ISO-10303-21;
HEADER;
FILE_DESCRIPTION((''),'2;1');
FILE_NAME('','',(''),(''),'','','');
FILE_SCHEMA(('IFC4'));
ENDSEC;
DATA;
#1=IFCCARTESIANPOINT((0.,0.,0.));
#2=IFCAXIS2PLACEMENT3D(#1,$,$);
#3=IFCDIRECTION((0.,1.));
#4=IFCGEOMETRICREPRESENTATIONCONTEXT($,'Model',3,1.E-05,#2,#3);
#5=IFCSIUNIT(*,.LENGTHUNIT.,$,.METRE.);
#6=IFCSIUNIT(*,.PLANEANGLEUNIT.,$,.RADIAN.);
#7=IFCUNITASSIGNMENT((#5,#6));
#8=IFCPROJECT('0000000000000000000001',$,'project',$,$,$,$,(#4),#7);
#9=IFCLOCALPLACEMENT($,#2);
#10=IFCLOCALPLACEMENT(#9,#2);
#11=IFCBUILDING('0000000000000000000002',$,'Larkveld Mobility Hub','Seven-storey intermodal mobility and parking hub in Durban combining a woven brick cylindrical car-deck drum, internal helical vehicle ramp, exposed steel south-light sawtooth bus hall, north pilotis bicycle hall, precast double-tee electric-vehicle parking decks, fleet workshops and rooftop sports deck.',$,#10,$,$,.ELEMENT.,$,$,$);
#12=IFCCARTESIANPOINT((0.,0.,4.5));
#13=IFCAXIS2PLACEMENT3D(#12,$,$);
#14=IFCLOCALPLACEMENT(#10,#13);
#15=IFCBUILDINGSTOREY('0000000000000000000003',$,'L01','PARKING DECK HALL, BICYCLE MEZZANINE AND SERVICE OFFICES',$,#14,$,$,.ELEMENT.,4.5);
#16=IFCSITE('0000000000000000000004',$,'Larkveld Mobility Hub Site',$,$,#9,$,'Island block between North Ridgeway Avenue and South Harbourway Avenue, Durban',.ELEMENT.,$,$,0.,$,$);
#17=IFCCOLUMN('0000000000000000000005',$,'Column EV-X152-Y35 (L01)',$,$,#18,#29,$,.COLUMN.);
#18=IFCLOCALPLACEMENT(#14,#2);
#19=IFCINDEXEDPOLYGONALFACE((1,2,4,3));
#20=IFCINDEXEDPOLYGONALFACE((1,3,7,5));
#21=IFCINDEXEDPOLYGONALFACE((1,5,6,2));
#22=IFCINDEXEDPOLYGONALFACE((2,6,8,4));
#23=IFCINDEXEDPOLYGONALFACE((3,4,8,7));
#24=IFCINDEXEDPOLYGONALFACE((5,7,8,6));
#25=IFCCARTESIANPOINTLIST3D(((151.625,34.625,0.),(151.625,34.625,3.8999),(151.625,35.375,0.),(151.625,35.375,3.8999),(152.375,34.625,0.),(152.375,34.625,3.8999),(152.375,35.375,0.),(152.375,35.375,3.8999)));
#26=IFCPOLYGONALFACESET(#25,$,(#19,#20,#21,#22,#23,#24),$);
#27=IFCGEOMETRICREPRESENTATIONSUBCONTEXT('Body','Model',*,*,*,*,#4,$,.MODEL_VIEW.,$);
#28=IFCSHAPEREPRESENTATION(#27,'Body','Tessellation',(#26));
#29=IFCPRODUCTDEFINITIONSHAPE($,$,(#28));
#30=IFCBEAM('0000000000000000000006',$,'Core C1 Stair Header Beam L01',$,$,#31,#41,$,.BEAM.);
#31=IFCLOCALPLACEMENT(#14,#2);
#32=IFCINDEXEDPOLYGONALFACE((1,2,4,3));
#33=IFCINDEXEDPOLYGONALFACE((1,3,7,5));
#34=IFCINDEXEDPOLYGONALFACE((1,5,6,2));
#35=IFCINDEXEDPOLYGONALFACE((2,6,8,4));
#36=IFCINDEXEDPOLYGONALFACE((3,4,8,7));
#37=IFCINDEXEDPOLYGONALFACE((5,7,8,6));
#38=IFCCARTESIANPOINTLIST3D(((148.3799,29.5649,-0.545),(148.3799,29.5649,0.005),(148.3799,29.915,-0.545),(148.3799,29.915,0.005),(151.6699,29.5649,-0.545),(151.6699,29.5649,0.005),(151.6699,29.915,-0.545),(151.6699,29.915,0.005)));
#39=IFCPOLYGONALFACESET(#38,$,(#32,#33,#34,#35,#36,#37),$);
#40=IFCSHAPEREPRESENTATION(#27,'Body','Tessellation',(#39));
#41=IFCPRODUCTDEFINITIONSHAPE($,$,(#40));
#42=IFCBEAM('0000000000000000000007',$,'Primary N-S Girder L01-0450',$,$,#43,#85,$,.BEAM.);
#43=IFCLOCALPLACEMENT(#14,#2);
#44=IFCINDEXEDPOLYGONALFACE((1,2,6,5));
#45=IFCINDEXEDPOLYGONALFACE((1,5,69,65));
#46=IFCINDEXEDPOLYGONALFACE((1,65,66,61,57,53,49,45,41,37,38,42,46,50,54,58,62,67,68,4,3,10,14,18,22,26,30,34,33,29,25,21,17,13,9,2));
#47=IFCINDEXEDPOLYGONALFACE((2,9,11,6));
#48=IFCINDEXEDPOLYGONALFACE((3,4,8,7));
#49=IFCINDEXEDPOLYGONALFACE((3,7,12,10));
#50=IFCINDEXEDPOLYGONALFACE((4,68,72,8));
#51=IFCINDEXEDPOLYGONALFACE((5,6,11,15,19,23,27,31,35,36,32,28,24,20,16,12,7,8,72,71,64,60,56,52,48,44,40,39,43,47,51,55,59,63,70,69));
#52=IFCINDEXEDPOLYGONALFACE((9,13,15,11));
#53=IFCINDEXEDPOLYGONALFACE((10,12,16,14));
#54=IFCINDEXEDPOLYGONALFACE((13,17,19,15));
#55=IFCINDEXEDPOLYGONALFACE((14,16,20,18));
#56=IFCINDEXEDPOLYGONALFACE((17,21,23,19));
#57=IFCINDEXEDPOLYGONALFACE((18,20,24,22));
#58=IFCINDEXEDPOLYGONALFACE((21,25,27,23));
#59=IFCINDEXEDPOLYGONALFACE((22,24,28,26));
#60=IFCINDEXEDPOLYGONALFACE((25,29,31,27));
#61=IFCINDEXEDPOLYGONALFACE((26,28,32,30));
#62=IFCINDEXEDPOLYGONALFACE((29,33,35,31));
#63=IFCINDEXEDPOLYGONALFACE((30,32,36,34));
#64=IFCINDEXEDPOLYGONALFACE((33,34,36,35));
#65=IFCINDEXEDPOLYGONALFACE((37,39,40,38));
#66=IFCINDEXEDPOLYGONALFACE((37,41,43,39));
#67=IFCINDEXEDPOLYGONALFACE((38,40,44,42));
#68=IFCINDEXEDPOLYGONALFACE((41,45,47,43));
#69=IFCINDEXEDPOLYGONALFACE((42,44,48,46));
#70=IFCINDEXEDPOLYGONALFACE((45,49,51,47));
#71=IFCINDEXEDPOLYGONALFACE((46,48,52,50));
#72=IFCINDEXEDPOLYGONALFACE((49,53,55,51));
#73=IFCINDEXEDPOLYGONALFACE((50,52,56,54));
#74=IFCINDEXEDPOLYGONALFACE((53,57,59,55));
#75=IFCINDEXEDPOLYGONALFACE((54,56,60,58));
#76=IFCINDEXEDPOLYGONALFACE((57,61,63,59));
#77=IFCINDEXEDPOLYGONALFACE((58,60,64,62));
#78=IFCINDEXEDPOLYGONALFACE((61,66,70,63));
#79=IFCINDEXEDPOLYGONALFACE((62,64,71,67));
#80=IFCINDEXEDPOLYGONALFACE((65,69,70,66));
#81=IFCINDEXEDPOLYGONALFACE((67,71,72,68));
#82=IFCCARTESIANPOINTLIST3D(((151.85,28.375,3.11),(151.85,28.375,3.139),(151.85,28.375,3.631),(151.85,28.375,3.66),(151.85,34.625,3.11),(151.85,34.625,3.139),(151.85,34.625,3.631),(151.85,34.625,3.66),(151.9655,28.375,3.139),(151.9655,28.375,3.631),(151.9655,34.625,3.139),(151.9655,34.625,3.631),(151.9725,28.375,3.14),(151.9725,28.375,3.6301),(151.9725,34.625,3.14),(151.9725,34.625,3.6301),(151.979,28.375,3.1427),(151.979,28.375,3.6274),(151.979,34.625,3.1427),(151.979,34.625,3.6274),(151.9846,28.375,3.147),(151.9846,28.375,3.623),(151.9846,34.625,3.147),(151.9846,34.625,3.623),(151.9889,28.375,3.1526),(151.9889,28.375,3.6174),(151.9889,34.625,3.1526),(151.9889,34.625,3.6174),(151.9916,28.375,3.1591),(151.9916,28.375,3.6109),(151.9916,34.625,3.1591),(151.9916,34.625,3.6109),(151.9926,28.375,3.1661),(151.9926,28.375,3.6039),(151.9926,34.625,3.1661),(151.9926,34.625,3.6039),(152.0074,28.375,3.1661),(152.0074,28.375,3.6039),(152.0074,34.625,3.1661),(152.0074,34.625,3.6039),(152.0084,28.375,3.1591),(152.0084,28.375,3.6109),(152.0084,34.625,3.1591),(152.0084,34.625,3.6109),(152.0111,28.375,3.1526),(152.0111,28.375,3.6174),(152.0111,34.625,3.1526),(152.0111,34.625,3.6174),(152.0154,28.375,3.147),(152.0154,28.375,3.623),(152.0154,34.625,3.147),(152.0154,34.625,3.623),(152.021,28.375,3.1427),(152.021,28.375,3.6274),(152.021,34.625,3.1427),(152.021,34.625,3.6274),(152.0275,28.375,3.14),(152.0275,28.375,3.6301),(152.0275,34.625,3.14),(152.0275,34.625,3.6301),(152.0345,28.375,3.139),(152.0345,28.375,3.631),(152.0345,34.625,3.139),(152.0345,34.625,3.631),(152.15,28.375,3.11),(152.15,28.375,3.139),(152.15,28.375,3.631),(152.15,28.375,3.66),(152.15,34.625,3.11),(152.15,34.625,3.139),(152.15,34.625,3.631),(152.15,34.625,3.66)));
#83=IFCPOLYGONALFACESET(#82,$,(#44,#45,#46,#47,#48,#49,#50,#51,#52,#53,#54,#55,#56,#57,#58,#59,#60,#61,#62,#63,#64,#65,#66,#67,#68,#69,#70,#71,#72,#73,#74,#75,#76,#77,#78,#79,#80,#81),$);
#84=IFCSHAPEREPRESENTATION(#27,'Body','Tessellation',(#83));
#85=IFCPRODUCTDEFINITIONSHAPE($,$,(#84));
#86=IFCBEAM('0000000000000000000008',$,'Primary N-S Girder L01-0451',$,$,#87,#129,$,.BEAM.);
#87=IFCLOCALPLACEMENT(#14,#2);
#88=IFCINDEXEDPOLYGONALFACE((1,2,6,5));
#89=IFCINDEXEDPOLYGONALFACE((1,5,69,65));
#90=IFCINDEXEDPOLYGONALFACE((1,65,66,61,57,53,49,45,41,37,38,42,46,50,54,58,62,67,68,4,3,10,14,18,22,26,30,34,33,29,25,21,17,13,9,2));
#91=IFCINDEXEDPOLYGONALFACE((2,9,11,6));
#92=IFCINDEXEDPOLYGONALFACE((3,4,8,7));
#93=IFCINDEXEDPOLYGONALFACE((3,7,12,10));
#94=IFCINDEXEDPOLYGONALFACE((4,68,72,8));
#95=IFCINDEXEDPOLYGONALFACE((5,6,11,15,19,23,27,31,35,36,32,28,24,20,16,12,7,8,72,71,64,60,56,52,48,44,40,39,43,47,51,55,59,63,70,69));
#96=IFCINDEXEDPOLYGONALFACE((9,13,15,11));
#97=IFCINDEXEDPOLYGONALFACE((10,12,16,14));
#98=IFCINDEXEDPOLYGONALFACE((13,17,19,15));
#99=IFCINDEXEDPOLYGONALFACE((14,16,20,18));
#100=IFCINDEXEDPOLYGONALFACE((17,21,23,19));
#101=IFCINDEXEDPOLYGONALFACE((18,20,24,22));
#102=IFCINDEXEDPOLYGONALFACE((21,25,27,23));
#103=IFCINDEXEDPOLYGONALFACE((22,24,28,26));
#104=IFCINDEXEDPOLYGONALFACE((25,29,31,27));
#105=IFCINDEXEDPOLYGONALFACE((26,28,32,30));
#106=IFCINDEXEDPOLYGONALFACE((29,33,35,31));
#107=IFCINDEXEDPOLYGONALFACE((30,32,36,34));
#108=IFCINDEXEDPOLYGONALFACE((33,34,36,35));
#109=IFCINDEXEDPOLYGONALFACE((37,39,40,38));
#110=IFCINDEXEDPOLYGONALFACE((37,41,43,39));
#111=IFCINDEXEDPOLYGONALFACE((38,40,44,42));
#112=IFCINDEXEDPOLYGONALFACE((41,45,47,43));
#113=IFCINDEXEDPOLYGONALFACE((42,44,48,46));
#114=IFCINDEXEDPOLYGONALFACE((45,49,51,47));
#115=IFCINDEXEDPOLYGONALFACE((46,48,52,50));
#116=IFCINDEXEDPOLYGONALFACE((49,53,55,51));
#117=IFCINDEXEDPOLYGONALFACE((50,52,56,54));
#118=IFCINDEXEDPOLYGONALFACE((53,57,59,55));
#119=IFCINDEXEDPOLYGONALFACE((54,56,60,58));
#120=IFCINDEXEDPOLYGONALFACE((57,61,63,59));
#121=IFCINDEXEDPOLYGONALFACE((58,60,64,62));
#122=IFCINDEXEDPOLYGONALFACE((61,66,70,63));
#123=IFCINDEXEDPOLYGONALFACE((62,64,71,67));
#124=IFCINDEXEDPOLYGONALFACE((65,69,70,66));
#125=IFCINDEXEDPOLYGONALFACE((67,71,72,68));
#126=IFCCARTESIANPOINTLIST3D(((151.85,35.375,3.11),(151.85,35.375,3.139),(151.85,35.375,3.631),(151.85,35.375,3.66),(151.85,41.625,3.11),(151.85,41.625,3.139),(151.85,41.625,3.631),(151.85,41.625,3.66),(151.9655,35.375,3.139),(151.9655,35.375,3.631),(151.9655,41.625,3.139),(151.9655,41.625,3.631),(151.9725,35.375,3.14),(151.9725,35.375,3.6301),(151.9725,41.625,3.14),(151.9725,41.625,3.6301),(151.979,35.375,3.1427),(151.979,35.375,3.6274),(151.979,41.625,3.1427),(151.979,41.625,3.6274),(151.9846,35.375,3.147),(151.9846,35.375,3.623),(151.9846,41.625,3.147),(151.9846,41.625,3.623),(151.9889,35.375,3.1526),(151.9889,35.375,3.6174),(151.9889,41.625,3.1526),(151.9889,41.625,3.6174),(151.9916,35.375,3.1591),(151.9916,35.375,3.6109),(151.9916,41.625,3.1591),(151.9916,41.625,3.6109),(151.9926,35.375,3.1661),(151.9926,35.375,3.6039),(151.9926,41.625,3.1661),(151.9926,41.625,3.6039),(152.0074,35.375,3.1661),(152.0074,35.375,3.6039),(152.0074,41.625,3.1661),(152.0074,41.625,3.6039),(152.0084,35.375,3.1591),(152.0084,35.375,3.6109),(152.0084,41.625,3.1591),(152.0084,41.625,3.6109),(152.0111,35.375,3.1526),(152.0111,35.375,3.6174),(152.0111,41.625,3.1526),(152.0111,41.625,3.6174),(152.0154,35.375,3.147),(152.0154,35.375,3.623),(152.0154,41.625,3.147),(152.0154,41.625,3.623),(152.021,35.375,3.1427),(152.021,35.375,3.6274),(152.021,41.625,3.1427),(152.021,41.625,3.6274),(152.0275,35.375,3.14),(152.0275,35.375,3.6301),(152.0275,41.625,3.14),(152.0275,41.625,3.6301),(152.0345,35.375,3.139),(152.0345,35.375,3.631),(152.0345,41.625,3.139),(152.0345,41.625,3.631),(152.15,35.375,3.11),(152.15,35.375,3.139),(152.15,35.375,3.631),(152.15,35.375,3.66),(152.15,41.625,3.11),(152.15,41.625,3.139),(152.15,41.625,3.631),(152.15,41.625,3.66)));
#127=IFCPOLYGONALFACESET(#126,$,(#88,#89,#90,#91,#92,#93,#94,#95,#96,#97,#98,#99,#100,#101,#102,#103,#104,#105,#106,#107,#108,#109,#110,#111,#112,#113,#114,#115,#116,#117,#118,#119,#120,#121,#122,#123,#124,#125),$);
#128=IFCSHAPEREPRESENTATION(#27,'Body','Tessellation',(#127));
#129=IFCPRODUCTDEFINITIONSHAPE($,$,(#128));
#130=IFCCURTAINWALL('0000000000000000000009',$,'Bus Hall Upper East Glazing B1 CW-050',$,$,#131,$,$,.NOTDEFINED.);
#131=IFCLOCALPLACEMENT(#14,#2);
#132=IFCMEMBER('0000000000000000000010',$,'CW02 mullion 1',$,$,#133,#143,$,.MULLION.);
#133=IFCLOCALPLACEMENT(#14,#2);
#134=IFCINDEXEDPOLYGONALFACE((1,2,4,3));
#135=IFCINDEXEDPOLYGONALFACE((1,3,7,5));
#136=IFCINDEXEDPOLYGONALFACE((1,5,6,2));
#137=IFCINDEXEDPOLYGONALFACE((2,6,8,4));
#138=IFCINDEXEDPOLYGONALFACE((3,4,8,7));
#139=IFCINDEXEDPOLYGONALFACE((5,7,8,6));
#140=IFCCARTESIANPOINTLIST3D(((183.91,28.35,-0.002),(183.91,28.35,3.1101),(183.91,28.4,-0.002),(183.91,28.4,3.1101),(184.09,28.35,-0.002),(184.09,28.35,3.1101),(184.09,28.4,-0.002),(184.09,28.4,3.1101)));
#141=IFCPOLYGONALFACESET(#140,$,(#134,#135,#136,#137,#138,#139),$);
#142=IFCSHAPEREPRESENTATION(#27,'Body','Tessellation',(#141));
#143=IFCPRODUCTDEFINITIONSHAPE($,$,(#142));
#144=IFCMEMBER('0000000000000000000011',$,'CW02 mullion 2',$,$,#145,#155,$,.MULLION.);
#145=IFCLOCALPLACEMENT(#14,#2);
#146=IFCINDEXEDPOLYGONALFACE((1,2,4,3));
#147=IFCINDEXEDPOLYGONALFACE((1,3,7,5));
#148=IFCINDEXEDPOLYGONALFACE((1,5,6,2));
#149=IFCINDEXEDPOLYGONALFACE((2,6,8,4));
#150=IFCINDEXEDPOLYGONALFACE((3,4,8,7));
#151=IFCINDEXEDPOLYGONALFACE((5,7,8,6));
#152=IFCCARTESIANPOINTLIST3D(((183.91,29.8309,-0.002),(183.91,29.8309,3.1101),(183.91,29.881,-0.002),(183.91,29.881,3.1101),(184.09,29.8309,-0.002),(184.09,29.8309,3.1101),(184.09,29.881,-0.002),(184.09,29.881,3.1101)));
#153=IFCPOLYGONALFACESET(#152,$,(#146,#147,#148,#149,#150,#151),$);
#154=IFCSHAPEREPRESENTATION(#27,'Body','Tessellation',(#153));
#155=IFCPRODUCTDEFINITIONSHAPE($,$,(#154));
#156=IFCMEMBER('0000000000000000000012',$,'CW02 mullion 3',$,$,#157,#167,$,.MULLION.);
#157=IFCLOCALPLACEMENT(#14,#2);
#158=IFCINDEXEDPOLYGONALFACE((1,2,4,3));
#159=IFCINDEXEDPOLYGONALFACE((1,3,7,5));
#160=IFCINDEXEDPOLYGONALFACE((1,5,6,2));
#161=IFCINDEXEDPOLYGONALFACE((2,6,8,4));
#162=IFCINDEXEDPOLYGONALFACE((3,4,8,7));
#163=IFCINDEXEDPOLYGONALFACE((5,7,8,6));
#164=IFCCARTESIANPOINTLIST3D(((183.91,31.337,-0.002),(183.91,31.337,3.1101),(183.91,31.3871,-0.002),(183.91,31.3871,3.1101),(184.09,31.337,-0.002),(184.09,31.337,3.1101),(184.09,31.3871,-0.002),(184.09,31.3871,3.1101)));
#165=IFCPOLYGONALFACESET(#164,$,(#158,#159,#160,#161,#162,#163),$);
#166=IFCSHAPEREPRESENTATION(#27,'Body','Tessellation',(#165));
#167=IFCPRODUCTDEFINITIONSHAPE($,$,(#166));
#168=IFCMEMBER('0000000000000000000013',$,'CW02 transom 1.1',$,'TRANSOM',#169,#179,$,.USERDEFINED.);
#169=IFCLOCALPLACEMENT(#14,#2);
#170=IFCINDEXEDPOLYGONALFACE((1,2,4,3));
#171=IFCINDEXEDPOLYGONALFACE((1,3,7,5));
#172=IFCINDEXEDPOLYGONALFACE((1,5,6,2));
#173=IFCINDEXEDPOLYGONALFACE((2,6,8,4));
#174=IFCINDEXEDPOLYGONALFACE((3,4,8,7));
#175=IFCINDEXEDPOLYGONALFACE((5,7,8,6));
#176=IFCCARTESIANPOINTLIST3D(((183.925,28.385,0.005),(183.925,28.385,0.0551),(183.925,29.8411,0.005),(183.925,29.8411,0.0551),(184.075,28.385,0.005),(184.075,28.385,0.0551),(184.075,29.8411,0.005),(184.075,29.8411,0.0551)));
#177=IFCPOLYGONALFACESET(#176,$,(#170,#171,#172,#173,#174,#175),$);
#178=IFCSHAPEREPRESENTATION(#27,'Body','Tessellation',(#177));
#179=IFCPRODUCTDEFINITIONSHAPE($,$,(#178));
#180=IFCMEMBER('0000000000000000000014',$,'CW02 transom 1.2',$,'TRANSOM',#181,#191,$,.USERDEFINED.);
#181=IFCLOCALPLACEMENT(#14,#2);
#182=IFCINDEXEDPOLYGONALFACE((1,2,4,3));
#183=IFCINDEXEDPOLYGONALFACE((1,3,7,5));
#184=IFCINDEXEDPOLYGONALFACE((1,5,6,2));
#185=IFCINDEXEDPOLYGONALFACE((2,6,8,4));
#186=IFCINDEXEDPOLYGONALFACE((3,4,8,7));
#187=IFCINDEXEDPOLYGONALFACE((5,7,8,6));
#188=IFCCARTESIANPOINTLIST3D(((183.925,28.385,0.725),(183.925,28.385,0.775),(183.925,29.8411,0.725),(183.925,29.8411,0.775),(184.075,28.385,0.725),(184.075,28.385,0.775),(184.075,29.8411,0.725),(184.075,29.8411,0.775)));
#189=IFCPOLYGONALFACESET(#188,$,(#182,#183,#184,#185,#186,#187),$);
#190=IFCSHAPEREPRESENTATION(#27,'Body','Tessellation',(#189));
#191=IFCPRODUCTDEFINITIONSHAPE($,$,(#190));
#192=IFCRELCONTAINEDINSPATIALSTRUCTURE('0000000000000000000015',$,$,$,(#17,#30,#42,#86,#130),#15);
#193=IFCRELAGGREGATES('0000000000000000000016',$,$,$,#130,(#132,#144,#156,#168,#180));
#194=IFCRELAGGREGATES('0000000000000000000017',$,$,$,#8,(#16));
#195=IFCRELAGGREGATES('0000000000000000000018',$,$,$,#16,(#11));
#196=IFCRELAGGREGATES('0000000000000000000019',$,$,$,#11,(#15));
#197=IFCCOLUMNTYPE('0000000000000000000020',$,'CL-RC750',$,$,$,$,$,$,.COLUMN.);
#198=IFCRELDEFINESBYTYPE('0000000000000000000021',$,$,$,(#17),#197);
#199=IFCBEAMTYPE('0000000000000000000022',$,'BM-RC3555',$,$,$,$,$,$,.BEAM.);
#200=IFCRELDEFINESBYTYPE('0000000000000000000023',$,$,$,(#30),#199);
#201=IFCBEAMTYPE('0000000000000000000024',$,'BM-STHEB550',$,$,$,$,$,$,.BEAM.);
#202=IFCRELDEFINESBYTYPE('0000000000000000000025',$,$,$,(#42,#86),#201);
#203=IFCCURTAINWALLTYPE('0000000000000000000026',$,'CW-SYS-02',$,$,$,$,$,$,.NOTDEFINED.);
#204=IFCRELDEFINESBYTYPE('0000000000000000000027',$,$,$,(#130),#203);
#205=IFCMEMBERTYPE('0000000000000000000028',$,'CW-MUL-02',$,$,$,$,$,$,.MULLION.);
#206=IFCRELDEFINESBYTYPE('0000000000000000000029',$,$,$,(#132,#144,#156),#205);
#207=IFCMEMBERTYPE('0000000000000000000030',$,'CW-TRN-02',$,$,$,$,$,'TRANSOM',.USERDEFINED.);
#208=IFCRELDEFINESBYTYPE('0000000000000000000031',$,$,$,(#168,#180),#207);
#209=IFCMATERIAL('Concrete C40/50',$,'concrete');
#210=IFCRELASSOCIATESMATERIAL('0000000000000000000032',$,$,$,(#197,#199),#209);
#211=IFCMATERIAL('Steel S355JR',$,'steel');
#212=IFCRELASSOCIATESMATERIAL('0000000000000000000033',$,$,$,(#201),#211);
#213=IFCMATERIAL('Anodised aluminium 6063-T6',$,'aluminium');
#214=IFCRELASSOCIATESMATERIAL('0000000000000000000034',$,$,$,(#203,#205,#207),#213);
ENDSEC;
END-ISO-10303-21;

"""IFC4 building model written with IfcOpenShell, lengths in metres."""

from ifc_helpers import new_model, si_unit, direction, frame, origin, origin_2d, place, context, subcontext, project, spatial, rectangle, i_section, extrude, material, material_profile, profile_set, type_object, element, aggregate, save


model = new_model("IFC4")

# Units and contexts
model_context = context("Model", 3, precision=1e-05, world=origin(), true_north=direction((0.0, 1.0)))
body_context = subcontext(model_context, "Body", "Model", "MODEL_VIEW")
ifc_project = project(units=[si_unit("LENGTHUNIT", "METRE"), si_unit("PLANEANGLEUNIT", "RADIAN")], contexts=[model_context])

# Site, building, storey
site_placement = place(None, origin())
site = spatial("IfcSite", under=ifc_project, at=site_placement, Name="Larkveld Mobility Hub Site", LongName="Island block between North Ridgeway Avenue and South Harbourway Avenue, Durban", CompositionType="ELEMENT", RefElevation=0.0)
building_placement = place(site_placement, origin())
building = spatial("IfcBuilding", under=site, at=building_placement, Name="Larkveld Mobility Hub", Description="Seven-storey intermodal mobility and parking hub in Durban combining a woven brick cylindrical car-deck drum, internal helical vehicle ramp, exposed steel south-light sawtooth bus hall, north pilotis bicycle hall, precast double-tee electric-vehicle parking decks, fleet workshops and rooftop sports deck.", CompositionType="ELEMENT")
storey_placement = place(building_placement, frame((0.0, 0.0, 4.5)))
storey = spatial("IfcBuildingStorey", under=building, at=storey_placement, Name="L01", Description="PARKING DECK HALL, BICYCLE MEZZANINE AND SERVICE OFFICES", CompositionType="ELEMENT", Elevation=4.5)

# Column
ifc_material_1 = material(Name="Concrete C40/50", Category="concrete")
ifc_material_profile_1 = material_profile(ifc_material_1, rectangle(XDim=0.75, YDim=0.75, at=origin_2d()), Name="RC COL 750x750")
ifc_profile_set_1 = profile_set([ifc_material_profile_1], Name="Concrete C40/50")
column_type = type_object("IfcColumnType", Name="CL-RC750", PredefinedType="COLUMN", material=ifc_profile_set_1)
column_placement = place(storey_placement, frame((152.0, 35.0, 0.0), z_axis=(0.0, 0.0, 1.0), x_axis=(1.0, 0.0, 0.0)))
element("IfcColumn", 1, at=column_placement, inside=storey, type_object=column_type, Name="Column EV-X152-Y35 (L01)", PredefinedType="COLUMN", context=body_context, shape_type="SweptSolid", body=[
    extrude(rectangle(XDim=0.75, YDim=0.75, at=origin_2d()), origin(), (0.0, 0.0, 1.0), 3.8999),
])

# Beams
ifc_material_profile_2 = material_profile(ifc_material_1, rectangle(XDim=0.3501, YDim=0.55, at=origin_2d()), Name="RC BM 350x550")
ifc_profile_set_2 = profile_set([ifc_material_profile_2], Name="Concrete C40/50")
beam_type_1 = type_object("IfcBeamType", Name="BM-RC3555", PredefinedType="BEAM", material=ifc_profile_set_2)
beam_placement = place(storey_placement, frame((148.3799, 29.74, -0.27), z_axis=(1.0, 0.0, 0.0), x_axis=(0.0, 1.0, 0.0)))
element("IfcBeam", 2, at=beam_placement, inside=storey, type_object=beam_type_1, Name="Core C1 Stair Header Beam L01", PredefinedType="BEAM", context=body_context, shape_type="SweptSolid", body=[
    extrude(rectangle(XDim=0.3501, YDim=0.55, at=origin_2d()), origin(), (0.0, 0.0, 1.0), 3.29),
])
ifc_material_2 = material(Name="Steel S355JR", Category="steel")
ifc_material_profile_3 = material_profile(ifc_material_2, i_section(OverallWidth=0.3, OverallDepth=0.55, WebThickness=0.0149, FlangeThickness=0.0291, FilletRadius=0.0271, at=origin_2d()), Name="HEB 550")
ifc_profile_set_3 = profile_set([ifc_material_profile_3], Name="Steel S355JR")
beam_type_2 = type_object("IfcBeamType", Name="BM-STHEB550", PredefinedType="BEAM", material=ifc_profile_set_3)
for number, where, z_axis, x_axis, name in (
    (3, (152.0, 28.375, 3.385), (0.0, 1.0, 0.0), (-1.0, 0.0, 0.0), "Primary N-S Girder L01-0450"),
    (4, (152.0, 35.375, 3.385), (0.0, 1.0, 0.0), (-1.0, 0.0, 0.0), "Primary N-S Girder L01-0451"),
):
    element("IfcBeam", number, at=place(storey_placement, frame(where, z_axis=z_axis, x_axis=x_axis)), inside=storey, type_object=beam_type_2, Name=name, PredefinedType="BEAM", context=body_context, shape_type="SweptSolid", body=[
        extrude(i_section(OverallWidth=0.3, OverallDepth=0.55, WebThickness=0.0149, FlangeThickness=0.0291, FilletRadius=0.0271, at=origin_2d()), origin(), (0.0, 0.0, 1.0), 6.25),
    ])

# Curtain wall, members
ifc_material_3 = material(Name="Anodised aluminium 6063-T6", Category="aluminium")
curtain_wall_type = type_object("IfcCurtainWallType", Name="CW-SYS-02", PredefinedType="NOTDEFINED", material=ifc_material_3)
curtain_wall_placement = place(storey_placement, origin())
curtain_wall = element("IfcCurtainWall", 5, at=curtain_wall_placement, inside=storey, type_object=curtain_wall_type, Name="Bus Hall Upper East Glazing B1 CW-050", PredefinedType="NOTDEFINED")
ifc_material_profile_4 = material_profile(ifc_material_3, rectangle(XDim=0.05, YDim=0.1799, at=origin_2d()), Name="ALU MULL 50x180")
ifc_profile_set_4 = profile_set([ifc_material_profile_4], Name="Anodised aluminium 6063-T6")
member_type_1 = type_object("IfcMemberType", Name="CW-MUL-02", PredefinedType="MULLION", material=ifc_profile_set_4)
member_1_placement = place(storey_placement, frame((184.0, 28.375, -0.002), z_axis=(0.0, 0.0, 1.0), x_axis=(0.0, 1.0, 0.0)))
member_1 = element("IfcMember", 6, at=member_1_placement, type_object=member_type_1, Name="CW02 mullion 1", PredefinedType="MULLION", context=body_context, shape_type="SweptSolid", body=[
    extrude(rectangle(XDim=0.05, YDim=0.1799, at=origin_2d()), origin(), (0.0, 0.0, 1.0), 3.1121),
])
member_2_placement = place(storey_placement, frame((184.0, 29.856, -0.002), z_axis=(0.0, 0.0, 1.0), x_axis=(0.0, 1.0, 0.0)))
member_2 = element("IfcMember", 7, at=member_2_placement, type_object=member_type_1, Name="CW02 mullion 2", PredefinedType="MULLION", context=body_context, shape_type="SweptSolid", body=[
    extrude(rectangle(XDim=0.05, YDim=0.1799, at=origin_2d()), origin(), (0.0, 0.0, 1.0), 3.1121),
])
member_3_placement = place(storey_placement, frame((184.0, 31.3621, -0.002), z_axis=(0.0, 0.0, 1.0), x_axis=(0.0, 1.0, 0.0)))
member_3 = element("IfcMember", 8, at=member_3_placement, type_object=member_type_1, Name="CW02 mullion 3", PredefinedType="MULLION", context=body_context, shape_type="SweptSolid", body=[
    extrude(rectangle(XDim=0.05, YDim=0.1799, at=origin_2d()), origin(), (0.0, 0.0, 1.0), 3.1121),
])
ifc_material_profile_5 = material_profile(ifc_material_3, rectangle(XDim=0.1499, YDim=0.05, at=origin_2d()), Name="ALU TRAN 50x150")
ifc_profile_set_5 = profile_set([ifc_material_profile_5], Name="Anodised aluminium 6063-T6")
member_type_2 = type_object("IfcMemberType", Name="CW-TRN-02", ElementType="TRANSOM", PredefinedType="USERDEFINED", material=ifc_profile_set_5)
member_4_placement = place(storey_placement, frame((184.0, 28.385, 0.03), z_axis=(0.0, 1.0, 0.0), x_axis=(-1.0, 0.0, 0.0)))
member_4 = element("IfcMember", 9, at=member_4_placement, type_object=member_type_2, Name="CW02 transom 1.1", ObjectType="TRANSOM", PredefinedType="USERDEFINED", context=body_context, shape_type="SweptSolid", body=[
    extrude(rectangle(XDim=0.1499, YDim=0.05, at=origin_2d()), origin(), (0.0, 0.0, 1.0), 1.4561),
])
member_5_placement = place(storey_placement, frame((184.0, 28.385, 0.75), z_axis=(0.0, 1.0, 0.0), x_axis=(-1.0, 0.0, 0.0)))
member_5 = element("IfcMember", 10, at=member_5_placement, type_object=member_type_2, Name="CW02 transom 1.2", ObjectType="TRANSOM", PredefinedType="USERDEFINED", context=body_context, shape_type="SweptSolid", body=[
    extrude(rectangle(XDim=0.1499, YDim=0.05, at=origin_2d()), origin(), (0.0, 0.0, 1.0), 1.4561),
])
aggregate(curtain_wall, [member_1, member_2, member_3, member_4, member_5])

save(model, "model.ifc")
